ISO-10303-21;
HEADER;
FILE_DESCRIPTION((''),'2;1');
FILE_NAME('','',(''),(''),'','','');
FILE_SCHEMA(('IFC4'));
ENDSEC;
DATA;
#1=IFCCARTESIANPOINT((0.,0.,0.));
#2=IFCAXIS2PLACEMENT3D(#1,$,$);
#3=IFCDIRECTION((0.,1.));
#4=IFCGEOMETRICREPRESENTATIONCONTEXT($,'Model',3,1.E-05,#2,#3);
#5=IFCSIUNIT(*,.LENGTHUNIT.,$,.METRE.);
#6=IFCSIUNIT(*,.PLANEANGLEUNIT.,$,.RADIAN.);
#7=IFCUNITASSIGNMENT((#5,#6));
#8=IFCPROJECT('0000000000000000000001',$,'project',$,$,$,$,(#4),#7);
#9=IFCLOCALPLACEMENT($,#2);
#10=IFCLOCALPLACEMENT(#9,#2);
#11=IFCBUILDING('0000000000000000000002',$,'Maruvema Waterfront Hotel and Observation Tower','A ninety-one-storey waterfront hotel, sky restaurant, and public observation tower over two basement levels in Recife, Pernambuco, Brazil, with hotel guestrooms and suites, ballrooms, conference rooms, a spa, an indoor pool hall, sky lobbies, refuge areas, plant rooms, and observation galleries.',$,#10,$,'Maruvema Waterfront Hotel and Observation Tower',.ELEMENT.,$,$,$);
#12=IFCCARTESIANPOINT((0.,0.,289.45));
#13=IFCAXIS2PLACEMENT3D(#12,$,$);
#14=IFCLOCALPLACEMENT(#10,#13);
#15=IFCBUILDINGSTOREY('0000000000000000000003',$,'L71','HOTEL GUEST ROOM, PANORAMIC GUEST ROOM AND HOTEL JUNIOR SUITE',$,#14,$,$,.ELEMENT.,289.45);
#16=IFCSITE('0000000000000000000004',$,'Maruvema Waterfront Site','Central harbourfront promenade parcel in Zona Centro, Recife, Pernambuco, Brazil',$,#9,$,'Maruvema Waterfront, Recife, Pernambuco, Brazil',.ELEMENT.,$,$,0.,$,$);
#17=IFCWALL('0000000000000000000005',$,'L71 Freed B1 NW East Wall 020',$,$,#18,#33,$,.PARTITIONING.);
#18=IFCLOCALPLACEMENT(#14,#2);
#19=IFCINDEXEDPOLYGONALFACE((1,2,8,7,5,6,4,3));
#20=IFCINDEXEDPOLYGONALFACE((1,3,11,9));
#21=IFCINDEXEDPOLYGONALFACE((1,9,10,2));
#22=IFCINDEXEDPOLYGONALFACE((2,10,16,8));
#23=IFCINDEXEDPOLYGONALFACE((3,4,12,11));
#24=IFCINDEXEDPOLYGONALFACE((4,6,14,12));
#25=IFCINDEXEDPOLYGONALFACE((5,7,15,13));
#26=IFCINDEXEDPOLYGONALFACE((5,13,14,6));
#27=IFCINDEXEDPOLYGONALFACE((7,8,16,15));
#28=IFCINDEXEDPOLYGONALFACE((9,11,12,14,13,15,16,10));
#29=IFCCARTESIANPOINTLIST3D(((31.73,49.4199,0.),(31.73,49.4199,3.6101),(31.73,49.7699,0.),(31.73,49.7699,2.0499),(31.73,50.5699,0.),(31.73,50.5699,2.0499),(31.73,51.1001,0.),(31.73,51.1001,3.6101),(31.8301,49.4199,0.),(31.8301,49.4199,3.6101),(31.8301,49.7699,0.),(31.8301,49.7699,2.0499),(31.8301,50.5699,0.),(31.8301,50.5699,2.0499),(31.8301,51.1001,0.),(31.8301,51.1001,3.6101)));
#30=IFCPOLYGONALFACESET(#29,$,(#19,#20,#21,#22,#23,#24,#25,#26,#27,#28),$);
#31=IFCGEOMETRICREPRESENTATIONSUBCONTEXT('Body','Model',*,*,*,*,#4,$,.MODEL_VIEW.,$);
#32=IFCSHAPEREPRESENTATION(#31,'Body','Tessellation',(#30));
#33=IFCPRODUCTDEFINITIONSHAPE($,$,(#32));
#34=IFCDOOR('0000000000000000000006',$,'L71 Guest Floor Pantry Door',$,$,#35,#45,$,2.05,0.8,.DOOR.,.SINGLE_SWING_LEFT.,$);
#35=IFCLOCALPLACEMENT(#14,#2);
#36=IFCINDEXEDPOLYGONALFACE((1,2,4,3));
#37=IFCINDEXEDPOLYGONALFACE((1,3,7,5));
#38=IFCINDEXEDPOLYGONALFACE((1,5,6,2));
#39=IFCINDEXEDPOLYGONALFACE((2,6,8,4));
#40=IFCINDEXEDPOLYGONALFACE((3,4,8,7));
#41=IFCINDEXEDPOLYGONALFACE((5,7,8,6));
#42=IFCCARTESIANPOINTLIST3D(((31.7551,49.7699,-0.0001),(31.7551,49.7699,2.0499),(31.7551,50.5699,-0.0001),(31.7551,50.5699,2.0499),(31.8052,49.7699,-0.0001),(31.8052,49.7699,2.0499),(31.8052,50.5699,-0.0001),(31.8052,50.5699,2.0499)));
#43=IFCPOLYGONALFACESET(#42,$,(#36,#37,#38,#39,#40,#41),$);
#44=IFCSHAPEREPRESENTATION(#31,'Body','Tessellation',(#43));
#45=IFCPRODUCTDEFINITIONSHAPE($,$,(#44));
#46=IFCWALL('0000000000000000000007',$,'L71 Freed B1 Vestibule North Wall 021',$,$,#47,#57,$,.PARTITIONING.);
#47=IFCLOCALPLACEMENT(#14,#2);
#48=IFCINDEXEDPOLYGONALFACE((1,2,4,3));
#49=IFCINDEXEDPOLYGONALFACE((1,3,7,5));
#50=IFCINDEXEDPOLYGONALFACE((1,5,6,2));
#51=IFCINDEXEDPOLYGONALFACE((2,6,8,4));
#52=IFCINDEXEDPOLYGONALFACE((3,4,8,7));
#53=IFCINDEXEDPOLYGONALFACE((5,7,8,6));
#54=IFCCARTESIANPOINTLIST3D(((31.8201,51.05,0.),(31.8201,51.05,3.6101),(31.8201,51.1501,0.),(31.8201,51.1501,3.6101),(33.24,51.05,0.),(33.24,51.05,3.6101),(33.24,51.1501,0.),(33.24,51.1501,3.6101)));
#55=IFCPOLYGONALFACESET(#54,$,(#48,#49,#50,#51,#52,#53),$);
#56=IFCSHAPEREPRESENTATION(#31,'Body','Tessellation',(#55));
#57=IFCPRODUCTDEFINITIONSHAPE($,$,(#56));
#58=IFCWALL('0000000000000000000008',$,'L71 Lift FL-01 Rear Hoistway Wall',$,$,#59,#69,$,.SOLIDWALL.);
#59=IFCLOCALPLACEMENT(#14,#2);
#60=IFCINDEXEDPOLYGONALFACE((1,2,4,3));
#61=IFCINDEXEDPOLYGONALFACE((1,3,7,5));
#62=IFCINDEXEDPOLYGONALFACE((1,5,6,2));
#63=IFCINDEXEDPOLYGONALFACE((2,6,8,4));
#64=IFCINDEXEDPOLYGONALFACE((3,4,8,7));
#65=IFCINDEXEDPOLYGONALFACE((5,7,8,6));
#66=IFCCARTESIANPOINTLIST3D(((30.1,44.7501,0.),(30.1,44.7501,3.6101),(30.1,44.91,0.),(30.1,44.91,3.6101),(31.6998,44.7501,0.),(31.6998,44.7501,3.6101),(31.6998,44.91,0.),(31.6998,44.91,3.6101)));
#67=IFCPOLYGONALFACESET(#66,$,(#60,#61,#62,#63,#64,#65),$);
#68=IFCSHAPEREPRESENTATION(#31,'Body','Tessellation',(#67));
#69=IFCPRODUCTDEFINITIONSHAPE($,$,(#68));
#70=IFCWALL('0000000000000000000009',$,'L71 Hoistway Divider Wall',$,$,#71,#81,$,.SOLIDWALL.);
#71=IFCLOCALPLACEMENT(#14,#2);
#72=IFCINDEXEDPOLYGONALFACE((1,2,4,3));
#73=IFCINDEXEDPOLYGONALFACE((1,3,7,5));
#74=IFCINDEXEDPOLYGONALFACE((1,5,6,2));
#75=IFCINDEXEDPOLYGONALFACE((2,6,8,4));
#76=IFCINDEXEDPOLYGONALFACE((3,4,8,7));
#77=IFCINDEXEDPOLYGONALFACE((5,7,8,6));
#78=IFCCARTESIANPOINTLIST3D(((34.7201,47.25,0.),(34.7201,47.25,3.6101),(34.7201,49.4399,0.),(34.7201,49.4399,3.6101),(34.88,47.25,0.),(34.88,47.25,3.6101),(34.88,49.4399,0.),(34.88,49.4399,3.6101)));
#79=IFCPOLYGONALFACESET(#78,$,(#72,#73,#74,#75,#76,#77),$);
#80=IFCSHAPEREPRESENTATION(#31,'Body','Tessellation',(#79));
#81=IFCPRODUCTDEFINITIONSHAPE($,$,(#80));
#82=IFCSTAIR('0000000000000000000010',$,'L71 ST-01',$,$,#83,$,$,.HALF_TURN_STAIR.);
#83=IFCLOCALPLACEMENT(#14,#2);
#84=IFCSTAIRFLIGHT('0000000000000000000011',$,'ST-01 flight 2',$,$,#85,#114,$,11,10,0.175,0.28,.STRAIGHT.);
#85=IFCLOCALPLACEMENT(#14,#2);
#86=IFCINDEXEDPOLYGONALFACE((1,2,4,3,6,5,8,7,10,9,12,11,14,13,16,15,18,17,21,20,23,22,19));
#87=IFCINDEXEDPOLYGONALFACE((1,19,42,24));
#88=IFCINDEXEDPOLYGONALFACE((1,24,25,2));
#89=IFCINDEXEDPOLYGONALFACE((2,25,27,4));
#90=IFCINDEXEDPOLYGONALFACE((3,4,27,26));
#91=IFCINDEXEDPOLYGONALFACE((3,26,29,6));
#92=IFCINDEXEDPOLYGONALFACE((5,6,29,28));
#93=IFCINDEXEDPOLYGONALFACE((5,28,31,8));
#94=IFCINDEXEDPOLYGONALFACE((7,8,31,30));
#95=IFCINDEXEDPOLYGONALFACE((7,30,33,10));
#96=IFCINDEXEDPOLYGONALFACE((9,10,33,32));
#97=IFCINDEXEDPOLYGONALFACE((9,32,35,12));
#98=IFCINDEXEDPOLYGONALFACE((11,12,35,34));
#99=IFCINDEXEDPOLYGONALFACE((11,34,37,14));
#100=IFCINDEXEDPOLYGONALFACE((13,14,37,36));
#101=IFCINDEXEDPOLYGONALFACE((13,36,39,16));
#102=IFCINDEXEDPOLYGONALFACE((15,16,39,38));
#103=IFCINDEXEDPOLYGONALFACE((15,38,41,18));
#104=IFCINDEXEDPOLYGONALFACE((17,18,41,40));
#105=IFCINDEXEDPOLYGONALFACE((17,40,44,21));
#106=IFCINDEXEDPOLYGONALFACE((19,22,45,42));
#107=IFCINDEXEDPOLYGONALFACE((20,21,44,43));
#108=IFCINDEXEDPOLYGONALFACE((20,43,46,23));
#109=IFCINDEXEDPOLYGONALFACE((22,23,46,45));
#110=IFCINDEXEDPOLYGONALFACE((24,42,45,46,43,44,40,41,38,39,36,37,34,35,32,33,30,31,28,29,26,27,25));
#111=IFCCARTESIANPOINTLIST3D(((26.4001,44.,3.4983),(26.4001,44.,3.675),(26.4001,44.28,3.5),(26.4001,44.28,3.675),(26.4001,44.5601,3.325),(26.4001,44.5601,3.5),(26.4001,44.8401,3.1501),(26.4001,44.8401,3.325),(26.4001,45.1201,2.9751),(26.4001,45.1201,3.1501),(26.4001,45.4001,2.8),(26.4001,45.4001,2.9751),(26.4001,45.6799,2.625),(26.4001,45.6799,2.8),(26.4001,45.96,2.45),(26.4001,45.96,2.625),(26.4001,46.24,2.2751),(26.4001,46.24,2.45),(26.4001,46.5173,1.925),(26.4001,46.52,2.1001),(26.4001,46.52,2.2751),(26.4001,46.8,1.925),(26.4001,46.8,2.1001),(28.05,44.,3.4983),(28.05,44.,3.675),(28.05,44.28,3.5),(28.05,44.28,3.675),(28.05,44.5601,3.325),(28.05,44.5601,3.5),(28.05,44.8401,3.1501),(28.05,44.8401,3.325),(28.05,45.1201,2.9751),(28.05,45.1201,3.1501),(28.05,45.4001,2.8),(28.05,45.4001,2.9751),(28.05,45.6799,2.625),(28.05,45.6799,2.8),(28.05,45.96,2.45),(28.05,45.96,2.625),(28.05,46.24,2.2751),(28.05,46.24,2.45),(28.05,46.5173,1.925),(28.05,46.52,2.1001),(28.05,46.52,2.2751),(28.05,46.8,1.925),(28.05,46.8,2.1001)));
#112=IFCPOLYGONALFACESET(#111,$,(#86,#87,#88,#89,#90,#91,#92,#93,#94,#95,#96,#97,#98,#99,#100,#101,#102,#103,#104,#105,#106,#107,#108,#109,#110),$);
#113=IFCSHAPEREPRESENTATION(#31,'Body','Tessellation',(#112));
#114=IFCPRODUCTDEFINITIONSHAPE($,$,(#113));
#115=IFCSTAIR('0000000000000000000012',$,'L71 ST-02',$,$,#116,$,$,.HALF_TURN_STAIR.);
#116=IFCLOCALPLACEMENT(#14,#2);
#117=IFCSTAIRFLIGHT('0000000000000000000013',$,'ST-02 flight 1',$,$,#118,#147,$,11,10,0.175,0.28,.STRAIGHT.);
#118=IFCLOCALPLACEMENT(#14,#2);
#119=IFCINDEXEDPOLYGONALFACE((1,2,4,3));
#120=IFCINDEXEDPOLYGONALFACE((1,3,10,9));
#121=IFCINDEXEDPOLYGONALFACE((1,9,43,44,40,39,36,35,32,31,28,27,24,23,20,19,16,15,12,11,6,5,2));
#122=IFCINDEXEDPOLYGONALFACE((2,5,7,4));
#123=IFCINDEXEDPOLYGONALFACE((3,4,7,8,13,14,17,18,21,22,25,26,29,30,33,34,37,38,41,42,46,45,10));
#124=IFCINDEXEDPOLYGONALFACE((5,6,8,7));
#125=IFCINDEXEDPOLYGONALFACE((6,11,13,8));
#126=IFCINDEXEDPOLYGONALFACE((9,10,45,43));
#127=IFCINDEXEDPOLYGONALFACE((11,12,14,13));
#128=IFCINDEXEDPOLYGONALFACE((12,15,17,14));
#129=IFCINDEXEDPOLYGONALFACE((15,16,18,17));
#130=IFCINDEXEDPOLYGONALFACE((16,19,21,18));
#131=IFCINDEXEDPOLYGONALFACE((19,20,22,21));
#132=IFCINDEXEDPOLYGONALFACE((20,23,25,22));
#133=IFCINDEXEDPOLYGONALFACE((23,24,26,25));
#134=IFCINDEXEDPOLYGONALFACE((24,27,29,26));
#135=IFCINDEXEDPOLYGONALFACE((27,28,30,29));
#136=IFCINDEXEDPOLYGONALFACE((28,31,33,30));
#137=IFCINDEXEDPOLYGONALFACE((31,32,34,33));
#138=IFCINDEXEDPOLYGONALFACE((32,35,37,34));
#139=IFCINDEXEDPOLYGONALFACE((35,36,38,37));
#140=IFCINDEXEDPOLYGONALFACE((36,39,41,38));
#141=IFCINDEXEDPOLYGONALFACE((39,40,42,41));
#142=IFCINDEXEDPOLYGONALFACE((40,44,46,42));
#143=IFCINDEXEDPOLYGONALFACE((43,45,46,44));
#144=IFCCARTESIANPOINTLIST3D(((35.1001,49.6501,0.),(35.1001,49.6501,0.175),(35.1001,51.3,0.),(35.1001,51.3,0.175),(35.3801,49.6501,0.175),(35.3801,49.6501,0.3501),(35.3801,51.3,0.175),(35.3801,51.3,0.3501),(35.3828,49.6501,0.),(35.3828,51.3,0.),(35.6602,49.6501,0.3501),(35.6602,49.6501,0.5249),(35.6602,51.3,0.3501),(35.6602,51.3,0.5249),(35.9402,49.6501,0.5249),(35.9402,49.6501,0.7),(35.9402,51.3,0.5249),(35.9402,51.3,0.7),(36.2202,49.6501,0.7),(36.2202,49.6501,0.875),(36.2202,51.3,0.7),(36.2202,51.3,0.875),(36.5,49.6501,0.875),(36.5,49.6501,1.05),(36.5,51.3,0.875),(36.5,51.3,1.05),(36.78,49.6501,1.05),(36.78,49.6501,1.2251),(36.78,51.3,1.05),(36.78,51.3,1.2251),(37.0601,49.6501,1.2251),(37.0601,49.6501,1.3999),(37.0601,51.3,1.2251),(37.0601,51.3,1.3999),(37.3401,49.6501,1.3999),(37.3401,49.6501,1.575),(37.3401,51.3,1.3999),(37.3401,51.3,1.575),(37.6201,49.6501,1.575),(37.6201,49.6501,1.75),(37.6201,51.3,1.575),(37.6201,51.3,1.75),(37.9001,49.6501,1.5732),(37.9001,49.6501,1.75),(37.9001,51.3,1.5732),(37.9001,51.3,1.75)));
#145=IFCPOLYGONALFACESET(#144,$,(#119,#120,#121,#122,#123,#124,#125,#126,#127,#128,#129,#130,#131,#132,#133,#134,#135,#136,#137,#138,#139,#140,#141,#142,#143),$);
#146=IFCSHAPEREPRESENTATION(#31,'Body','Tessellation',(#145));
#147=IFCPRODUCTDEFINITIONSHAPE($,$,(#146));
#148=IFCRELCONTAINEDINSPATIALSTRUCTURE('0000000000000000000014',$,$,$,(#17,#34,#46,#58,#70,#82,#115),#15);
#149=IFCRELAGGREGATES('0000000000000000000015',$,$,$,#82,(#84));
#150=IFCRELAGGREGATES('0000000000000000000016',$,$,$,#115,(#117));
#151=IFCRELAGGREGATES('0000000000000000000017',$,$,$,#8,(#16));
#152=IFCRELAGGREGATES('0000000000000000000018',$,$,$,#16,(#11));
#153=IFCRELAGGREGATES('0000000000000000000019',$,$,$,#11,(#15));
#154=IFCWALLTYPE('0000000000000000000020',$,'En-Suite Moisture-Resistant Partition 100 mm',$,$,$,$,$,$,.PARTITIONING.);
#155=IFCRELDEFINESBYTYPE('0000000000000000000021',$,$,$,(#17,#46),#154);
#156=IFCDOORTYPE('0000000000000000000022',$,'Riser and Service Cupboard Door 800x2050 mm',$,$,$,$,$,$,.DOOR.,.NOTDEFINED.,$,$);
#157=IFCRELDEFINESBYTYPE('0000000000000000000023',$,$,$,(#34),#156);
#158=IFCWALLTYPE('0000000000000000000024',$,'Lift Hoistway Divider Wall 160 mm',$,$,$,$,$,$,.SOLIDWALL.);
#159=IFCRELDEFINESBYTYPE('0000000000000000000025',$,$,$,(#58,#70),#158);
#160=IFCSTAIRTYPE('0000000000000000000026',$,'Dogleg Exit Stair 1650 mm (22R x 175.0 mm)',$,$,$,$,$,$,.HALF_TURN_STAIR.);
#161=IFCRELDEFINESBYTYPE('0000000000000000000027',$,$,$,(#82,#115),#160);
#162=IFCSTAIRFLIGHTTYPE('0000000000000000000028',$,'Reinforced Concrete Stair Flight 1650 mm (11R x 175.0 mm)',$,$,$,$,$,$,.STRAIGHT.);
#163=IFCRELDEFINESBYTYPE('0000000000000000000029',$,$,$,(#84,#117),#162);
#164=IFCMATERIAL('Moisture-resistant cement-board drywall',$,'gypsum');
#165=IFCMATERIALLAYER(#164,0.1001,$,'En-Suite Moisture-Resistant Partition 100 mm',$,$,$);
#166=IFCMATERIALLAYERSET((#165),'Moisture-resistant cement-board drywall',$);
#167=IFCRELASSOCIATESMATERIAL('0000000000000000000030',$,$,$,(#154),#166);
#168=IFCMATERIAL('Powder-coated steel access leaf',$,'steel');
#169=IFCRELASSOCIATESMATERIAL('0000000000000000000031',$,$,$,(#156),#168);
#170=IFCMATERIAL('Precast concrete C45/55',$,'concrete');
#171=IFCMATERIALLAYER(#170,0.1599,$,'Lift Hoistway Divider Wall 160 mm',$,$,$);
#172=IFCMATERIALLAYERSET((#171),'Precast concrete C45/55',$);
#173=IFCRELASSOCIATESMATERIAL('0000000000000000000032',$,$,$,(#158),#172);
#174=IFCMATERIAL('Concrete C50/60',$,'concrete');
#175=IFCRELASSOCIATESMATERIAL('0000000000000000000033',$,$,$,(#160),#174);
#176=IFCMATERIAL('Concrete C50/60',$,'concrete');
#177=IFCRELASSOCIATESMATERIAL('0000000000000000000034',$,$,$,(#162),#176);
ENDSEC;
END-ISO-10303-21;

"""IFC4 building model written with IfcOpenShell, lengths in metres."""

from ifc_helpers import new_model, si_unit, direction, frame, frame_2d, origin, place, context, subcontext, project, spatial, polyline, rectangle, outline, extrude, material, layer, layer_set, type_object, element, fill, aggregate, save


model = new_model("IFC4")

# Units and contexts
model_context = context("Model", 3, precision=1e-05, world=origin(), true_north=direction((0.0, 1.0)))
body_context = subcontext(model_context, "Body", "Model", "MODEL_VIEW")
ifc_project = project(units=[si_unit("LENGTHUNIT", "METRE"), si_unit("PLANEANGLEUNIT", "RADIAN")], contexts=[model_context])

# Site, building, storey
site_placement = place(None, origin())
site = spatial("IfcSite", under=ifc_project, at=site_placement, Name="Maruvema Waterfront Site", Description="Central harbourfront promenade parcel in Zona Centro, Recife, Pernambuco, Brazil", LongName="Maruvema Waterfront, Recife, Pernambuco, Brazil", CompositionType="ELEMENT", RefElevation=0.0)
building_placement = place(site_placement, origin())
building = spatial("IfcBuilding", under=site, at=building_placement, Name="Maruvema Waterfront Hotel and Observation Tower", Description="A ninety-one-storey waterfront hotel, sky restaurant, and public observation tower over two basement levels in Recife, Pernambuco, Brazil, with hotel guestrooms and suites, ballrooms, conference rooms, a spa, an indoor pool hall, sky lobbies, refuge areas, plant rooms, and observation galleries.", LongName="Maruvema Waterfront Hotel and Observation Tower", CompositionType="ELEMENT")
storey_placement = place(building_placement, frame((0.0, 0.0, 289.45)))
storey = spatial("IfcBuildingStorey", under=building, at=storey_placement, Name="L71", Description="HOTEL GUEST ROOM, PANORAMIC GUEST ROOM AND HOTEL JUNIOR SUITE", CompositionType="ELEMENT", Elevation=289.45)

# Shared definitions
ifc_material_1 = material(Name="Moisture-resistant cement-board drywall", Category="gypsum")
ifc_layer_1 = layer(ifc_material_1, 0.1001, Name="En-Suite Moisture-Resistant Partition 100 mm")
ifc_layer_set_1 = layer_set([ifc_layer_1], Name="Moisture-resistant cement-board drywall")
wall_type_1 = type_object("IfcWallType", Name="En-Suite Moisture-Resistant Partition 100 mm", PredefinedType="PARTITIONING", material=ifc_layer_set_1)

# Wall, opening, door
ifc_material_2 = material(Name="Powder-coated steel access leaf", Category="steel")
door_type_1 = type_object("IfcDoorType", Name="Riser and Service Cupboard Door 800x2050 mm", OperationType="NOTDEFINED", PredefinedType="DOOR", material=ifc_material_2)
wall_1_placement = place(storey_placement, frame((31.78, 49.4199, 0.0), z_axis=(0.0, 0.0, 1.0), x_axis=(0.0, 1.0, 0.0)))
wall_1 = element("IfcWall", 1, at=wall_1_placement, inside=storey, type_object=wall_type_1, Name="L71 Freed B1 NW East Wall 020", PredefinedType="PARTITIONING", context=body_context, shape_type="SweptSolid", body=[
    extrude(rectangle(XDim=1.6802, YDim=0.1001, at=frame_2d((0.8401, 0.0))), origin(), (0.0, 0.0, 1.0), 3.6101),
])
opening_1_placement = place(wall_1_placement, frame((0.3501, 0.0, 0.0)))
opening_1 = element("IfcOpeningElement", 2, at=opening_1_placement, cuts=wall_1, PredefinedType="OPENING", context=body_context, shape_type="SweptSolid", body=[
    extrude(rectangle(XDim=0.8, YDim=2.05, at=frame_2d((0.3999, 1.0249))), frame((0.0, 0.0601, 0.0), z_axis=(0.0, -1.0, 0.0), x_axis=(1.0, 0.0, 0.0)), (0.0, 0.0, 1.0), 0.1201),
])
door_1_placement = place(opening_1_placement, origin())
door_1 = element("IfcDoor", 3, at=door_1_placement, inside=storey, type_object=door_type_1, Name="L71 Guest Floor Pantry Door", OperationType="SINGLE_SWING_LEFT", OverallHeight=2.05, OverallWidth=0.8, PredefinedType="DOOR", context=body_context, shape_type="SweptSolid", body=[
    extrude(rectangle(XDim=0.8, YDim=2.05, at=frame_2d((0.3999, 1.0249))), frame((0.0, 0.0249, 0.0), z_axis=(0.0, -1.0, 0.0), x_axis=(1.0, 0.0, 0.0)), (0.0, 0.0, 1.0), 0.05),
])
fill(opening_1, door_1)

# Walls
wall_2_placement = place(storey_placement, frame((31.8201, 51.1001, 0.0), z_axis=(0.0, 0.0, 1.0), x_axis=(1.0, 0.0, 0.0)))
element("IfcWall", 4, at=wall_2_placement, inside=storey, type_object=wall_type_1, Name="L71 Freed B1 Vestibule North Wall 021", PredefinedType="PARTITIONING", context=body_context, shape_type="SweptSolid", body=[
    extrude(rectangle(XDim=1.4199, YDim=0.1001, at=frame_2d((0.71, 0.0))), origin(), (0.0, 0.0, 1.0), 3.6101),
])
ifc_material_3 = material(Name="Precast concrete C45/55", Category="concrete")
ifc_layer_2 = layer(ifc_material_3, 0.1599, Name="Lift Hoistway Divider Wall 160 mm")
ifc_layer_set_2 = layer_set([ifc_layer_2], Name="Precast concrete C45/55")
wall_type_2 = type_object("IfcWallType", Name="Lift Hoistway Divider Wall 160 mm", PredefinedType="SOLIDWALL", material=ifc_layer_set_2)
wall_3_placement = place(storey_placement, frame((30.1001, 44.8301, 0.0), z_axis=(0.0, 0.0, 1.0), x_axis=(1.0, 0.0, 0.0)))
element("IfcWall", 5, at=wall_3_placement, inside=storey, type_object=wall_type_2, Name="L71 Lift FL-01 Rear Hoistway Wall", PredefinedType="SOLIDWALL", context=body_context, shape_type="SweptSolid", body=[
    extrude(rectangle(XDim=1.5999, YDim=0.1599, at=frame_2d((0.7998, 0.0))), origin(), (0.0, 0.0, 1.0), 3.6101),
])
wall_4_placement = place(storey_placement, frame((34.8, 47.25, 0.0), z_axis=(0.0, 0.0, 1.0), x_axis=(0.0, 1.0, 0.0)))
element("IfcWall", 6, at=wall_4_placement, inside=storey, type_object=wall_type_2, Name="L71 Hoistway Divider Wall", PredefinedType="SOLIDWALL", context=body_context, shape_type="SweptSolid", body=[
    extrude(rectangle(XDim=2.1899, YDim=0.1599, at=frame_2d((1.095, 0.0))), origin(), (0.0, 0.0, 1.0), 3.6101),
])

# Stairs, stair flights
ifc_material_4 = material(Name="Concrete C50/60", Category="concrete")
stair_type = type_object("IfcStairType", Name="Dogleg Exit Stair 1650 mm (22R x 175.0 mm)", PredefinedType="HALF_TURN_STAIR", material=ifc_material_4)
stair_1_placement = place(storey_placement, origin())
stair_1 = element("IfcStair", 7, at=stair_1_placement, inside=storey, type_object=stair_type, Name="L71 ST-01", PredefinedType="HALF_TURN_STAIR")
ifc_material_5 = material(Name="Concrete C50/60", Category="concrete")
stair_flight_type = type_object("IfcStairFlightType", Name="Reinforced Concrete Stair Flight 1650 mm (11R x 175.0 mm)", PredefinedType="STRAIGHT", material=ifc_material_5)
stair_flight_1_placement = place(storey_placement, frame((27.2251, 46.8, 1.925), z_axis=(0.0, 0.0, 1.0), x_axis=(0.0, -1.0, 0.0)))
stair_flight_1 = element("IfcStairFlight", 8, at=stair_flight_1_placement, type_object=stair_flight_type, Name="ST-01 flight 2", NumberOfRisers=11, NumberOfTreads=10, PredefinedType="STRAIGHT", RiserHeight=0.175, TreadLength=0.28, context=body_context, shape_type="SweptSolid", body=[
    extrude(outline(polyline([(0.0, 0.0), (0.0, 0.175), (0.28, 0.175), (0.28, 0.3501), (0.5601, 0.3501), (0.5601, 0.5249), (0.8401, 0.5249), (0.8401, 0.7), (1.1201, 0.7), (1.1201, 0.875), (1.3999, 0.875), (1.3999, 1.05), (1.6799, 1.05), (1.6799, 1.2251), (1.96, 1.2251), (1.96, 1.3999), (2.24, 1.3999), (2.24, 1.575), (2.52, 1.575), (2.52, 1.75), (2.8, 1.75), (2.8, 1.925), (2.8, 1.5732), (0.2827, 0.0), (0.0, 0.0)])), frame((0.0, 0.825, 0.0), z_axis=(0.0, -1.0, 0.0), x_axis=(1.0, 0.0, 0.0)), (0.0, 0.0, 1.0), 1.6499),
])
aggregate(stair_1, [stair_flight_1])
stair_2_placement = place(storey_placement, origin())
stair_2 = element("IfcStair", 9, at=stair_2_placement, inside=storey, type_object=stair_type, Name="L71 ST-02", PredefinedType="HALF_TURN_STAIR")
stair_flight_2_placement = place(storey_placement, frame((35.1001, 50.4751, 0.0), z_axis=(0.0, 0.0, 1.0), x_axis=(1.0, 0.0, 0.0)))
stair_flight_2 = element("IfcStairFlight", 10, at=stair_flight_2_placement, type_object=stair_flight_type, Name="ST-02 flight 1", NumberOfRisers=11, NumberOfTreads=10, PredefinedType="STRAIGHT", RiserHeight=0.175, TreadLength=0.28, context=body_context, shape_type="SweptSolid", body=[
    extrude(outline(polyline([(0.0, 0.0), (0.0, 0.175), (0.28, 0.175), (0.28, 0.3501), (0.5601, 0.3501), (0.5601, 0.5249), (0.8401, 0.5249), (0.8401, 0.7), (1.1201, 0.7), (1.1201, 0.875), (1.3999, 0.875), (1.3999, 1.05), (1.6799, 1.05), (1.6799, 1.2251), (1.96, 1.2251), (1.96, 1.3999), (2.24, 1.3999), (2.24, 1.575), (2.52, 1.575), (2.52, 1.75), (2.8, 1.75), (2.8, 1.925), (2.8, 1.5732), (0.2827, 0.0), (0.0, 0.0)])), frame((0.0, 0.825, 0.0), z_axis=(0.0, -1.0, 0.0), x_axis=(1.0, 0.0, 0.0)), (0.0, 0.0, 1.0), 1.6499),
])
aggregate(stair_2, [stair_flight_2])

save(model, "model.ifc")
